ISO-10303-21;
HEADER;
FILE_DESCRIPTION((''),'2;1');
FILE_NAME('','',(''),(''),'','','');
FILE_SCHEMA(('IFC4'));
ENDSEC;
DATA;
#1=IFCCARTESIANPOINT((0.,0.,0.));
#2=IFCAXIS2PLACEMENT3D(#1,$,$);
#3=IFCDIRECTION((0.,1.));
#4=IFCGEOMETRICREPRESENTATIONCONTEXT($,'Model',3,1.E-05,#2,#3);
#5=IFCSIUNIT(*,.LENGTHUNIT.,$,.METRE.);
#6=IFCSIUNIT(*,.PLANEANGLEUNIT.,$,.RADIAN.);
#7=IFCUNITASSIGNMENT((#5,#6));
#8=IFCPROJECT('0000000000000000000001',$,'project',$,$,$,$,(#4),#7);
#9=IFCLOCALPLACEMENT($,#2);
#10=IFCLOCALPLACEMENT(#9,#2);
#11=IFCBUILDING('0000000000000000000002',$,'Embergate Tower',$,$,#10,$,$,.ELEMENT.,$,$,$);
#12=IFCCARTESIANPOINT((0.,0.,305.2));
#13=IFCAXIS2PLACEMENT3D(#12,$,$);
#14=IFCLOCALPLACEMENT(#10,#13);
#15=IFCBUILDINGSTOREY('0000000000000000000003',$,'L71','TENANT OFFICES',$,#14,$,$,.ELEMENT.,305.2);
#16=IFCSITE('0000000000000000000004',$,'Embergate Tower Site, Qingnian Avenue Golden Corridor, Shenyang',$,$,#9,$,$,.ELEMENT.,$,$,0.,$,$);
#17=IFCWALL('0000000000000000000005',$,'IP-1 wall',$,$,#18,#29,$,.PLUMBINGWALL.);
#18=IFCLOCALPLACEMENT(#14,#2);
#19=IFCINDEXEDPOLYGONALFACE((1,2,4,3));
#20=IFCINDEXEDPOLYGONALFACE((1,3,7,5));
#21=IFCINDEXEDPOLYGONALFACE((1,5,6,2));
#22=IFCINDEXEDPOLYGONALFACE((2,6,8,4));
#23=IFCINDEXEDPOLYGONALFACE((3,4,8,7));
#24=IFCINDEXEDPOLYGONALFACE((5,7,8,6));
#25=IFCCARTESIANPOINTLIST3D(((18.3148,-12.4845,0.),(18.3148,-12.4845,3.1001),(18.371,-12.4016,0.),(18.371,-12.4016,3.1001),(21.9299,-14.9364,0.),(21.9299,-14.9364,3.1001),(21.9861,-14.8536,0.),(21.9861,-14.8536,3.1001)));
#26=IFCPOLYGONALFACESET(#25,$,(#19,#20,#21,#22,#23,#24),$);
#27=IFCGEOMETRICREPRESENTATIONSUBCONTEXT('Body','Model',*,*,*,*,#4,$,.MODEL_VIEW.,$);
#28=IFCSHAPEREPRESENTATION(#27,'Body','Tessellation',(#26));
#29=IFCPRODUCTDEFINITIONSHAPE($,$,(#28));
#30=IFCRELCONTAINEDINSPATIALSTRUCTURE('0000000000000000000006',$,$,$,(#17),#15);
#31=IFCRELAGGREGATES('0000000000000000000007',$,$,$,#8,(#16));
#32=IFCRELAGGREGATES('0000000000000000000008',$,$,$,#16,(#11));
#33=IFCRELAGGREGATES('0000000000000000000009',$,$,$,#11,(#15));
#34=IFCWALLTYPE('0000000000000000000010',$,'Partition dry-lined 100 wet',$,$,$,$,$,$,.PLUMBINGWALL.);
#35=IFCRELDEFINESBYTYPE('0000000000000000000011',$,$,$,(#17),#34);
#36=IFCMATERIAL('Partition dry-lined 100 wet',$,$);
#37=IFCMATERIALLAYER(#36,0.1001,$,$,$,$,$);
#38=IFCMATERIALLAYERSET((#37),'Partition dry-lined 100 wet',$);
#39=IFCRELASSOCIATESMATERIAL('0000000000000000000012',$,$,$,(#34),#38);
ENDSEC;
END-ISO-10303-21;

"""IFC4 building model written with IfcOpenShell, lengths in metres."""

from ifc_helpers import new_model, si_unit, direction, frame, frame_2d, origin, place, context, subcontext, project, spatial, rectangle, extrude, source, transform, mapped, material, layer, layer_set, type_object, element, save


model = new_model("IFC4")

# Units and contexts
model_context = context("Model", 3, precision=1e-05, world=origin(), true_north=direction((0.0, 1.0)))
body_context = subcontext(model_context, "Body", "Model", "MODEL_VIEW")
ifc_project = project(units=[si_unit("LENGTHUNIT", "METRE"), si_unit("PLANEANGLEUNIT", "RADIAN")], contexts=[model_context])

# Site, building, storey
site_placement = place(None, origin())
site = spatial("IfcSite", under=ifc_project, at=site_placement, Name="Embergate Tower Site, Qingnian Avenue Golden Corridor, Shenyang", CompositionType="ELEMENT", RefElevation=0.0)
building_placement = place(site_placement, origin())
building = spatial("IfcBuilding", under=site, at=building_placement, Name="Embergate Tower", CompositionType="ELEMENT")
storey_placement = place(building_placement, frame((0.0, 0.0, 305.2)))
storey = spatial("IfcBuildingStorey", under=building, at=storey_placement, Name="L71", Description="TENANT OFFICES", CompositionType="ELEMENT", Elevation=305.2)

# Wall
ifc_material_1 = material(Name="Partition dry-lined 100 wet")
ifc_layer_1 = layer(ifc_material_1, 0.1001)
ifc_layer_set_1 = layer_set([ifc_layer_1], Name="Partition dry-lined 100 wet")
wall_type = type_object("IfcWallType", Name="Partition dry-lined 100 wet", PredefinedType="PLUMBINGWALL", material=ifc_layer_set_1)
shared_shape_1 = source(origin(), body_context, "Body", "SweptSolid", [
    extrude(rectangle(XDim=4.3682, YDim=0.1001, at=frame_2d((2.1841, 0.0))), origin(), (0.0, 0.0, 1.0), 3.1001),
])
wall_placement = place(storey_placement, frame((21.958, -14.895, 0.0), z_axis=(0.0, 0.0, 1.0), x_axis=(-0.827595, 0.561325, 0.0)))
element("IfcWall", 1, at=wall_placement, inside=storey, type_object=wall_type, Name="IP-1 wall", PredefinedType="PLUMBINGWALL", context=body_context, shape_type="MappedRepresentation", body=[
    mapped(shared_shape_1, transform((0.0, 0.0, 0.0))),
])

save(model, "model.ifc")
